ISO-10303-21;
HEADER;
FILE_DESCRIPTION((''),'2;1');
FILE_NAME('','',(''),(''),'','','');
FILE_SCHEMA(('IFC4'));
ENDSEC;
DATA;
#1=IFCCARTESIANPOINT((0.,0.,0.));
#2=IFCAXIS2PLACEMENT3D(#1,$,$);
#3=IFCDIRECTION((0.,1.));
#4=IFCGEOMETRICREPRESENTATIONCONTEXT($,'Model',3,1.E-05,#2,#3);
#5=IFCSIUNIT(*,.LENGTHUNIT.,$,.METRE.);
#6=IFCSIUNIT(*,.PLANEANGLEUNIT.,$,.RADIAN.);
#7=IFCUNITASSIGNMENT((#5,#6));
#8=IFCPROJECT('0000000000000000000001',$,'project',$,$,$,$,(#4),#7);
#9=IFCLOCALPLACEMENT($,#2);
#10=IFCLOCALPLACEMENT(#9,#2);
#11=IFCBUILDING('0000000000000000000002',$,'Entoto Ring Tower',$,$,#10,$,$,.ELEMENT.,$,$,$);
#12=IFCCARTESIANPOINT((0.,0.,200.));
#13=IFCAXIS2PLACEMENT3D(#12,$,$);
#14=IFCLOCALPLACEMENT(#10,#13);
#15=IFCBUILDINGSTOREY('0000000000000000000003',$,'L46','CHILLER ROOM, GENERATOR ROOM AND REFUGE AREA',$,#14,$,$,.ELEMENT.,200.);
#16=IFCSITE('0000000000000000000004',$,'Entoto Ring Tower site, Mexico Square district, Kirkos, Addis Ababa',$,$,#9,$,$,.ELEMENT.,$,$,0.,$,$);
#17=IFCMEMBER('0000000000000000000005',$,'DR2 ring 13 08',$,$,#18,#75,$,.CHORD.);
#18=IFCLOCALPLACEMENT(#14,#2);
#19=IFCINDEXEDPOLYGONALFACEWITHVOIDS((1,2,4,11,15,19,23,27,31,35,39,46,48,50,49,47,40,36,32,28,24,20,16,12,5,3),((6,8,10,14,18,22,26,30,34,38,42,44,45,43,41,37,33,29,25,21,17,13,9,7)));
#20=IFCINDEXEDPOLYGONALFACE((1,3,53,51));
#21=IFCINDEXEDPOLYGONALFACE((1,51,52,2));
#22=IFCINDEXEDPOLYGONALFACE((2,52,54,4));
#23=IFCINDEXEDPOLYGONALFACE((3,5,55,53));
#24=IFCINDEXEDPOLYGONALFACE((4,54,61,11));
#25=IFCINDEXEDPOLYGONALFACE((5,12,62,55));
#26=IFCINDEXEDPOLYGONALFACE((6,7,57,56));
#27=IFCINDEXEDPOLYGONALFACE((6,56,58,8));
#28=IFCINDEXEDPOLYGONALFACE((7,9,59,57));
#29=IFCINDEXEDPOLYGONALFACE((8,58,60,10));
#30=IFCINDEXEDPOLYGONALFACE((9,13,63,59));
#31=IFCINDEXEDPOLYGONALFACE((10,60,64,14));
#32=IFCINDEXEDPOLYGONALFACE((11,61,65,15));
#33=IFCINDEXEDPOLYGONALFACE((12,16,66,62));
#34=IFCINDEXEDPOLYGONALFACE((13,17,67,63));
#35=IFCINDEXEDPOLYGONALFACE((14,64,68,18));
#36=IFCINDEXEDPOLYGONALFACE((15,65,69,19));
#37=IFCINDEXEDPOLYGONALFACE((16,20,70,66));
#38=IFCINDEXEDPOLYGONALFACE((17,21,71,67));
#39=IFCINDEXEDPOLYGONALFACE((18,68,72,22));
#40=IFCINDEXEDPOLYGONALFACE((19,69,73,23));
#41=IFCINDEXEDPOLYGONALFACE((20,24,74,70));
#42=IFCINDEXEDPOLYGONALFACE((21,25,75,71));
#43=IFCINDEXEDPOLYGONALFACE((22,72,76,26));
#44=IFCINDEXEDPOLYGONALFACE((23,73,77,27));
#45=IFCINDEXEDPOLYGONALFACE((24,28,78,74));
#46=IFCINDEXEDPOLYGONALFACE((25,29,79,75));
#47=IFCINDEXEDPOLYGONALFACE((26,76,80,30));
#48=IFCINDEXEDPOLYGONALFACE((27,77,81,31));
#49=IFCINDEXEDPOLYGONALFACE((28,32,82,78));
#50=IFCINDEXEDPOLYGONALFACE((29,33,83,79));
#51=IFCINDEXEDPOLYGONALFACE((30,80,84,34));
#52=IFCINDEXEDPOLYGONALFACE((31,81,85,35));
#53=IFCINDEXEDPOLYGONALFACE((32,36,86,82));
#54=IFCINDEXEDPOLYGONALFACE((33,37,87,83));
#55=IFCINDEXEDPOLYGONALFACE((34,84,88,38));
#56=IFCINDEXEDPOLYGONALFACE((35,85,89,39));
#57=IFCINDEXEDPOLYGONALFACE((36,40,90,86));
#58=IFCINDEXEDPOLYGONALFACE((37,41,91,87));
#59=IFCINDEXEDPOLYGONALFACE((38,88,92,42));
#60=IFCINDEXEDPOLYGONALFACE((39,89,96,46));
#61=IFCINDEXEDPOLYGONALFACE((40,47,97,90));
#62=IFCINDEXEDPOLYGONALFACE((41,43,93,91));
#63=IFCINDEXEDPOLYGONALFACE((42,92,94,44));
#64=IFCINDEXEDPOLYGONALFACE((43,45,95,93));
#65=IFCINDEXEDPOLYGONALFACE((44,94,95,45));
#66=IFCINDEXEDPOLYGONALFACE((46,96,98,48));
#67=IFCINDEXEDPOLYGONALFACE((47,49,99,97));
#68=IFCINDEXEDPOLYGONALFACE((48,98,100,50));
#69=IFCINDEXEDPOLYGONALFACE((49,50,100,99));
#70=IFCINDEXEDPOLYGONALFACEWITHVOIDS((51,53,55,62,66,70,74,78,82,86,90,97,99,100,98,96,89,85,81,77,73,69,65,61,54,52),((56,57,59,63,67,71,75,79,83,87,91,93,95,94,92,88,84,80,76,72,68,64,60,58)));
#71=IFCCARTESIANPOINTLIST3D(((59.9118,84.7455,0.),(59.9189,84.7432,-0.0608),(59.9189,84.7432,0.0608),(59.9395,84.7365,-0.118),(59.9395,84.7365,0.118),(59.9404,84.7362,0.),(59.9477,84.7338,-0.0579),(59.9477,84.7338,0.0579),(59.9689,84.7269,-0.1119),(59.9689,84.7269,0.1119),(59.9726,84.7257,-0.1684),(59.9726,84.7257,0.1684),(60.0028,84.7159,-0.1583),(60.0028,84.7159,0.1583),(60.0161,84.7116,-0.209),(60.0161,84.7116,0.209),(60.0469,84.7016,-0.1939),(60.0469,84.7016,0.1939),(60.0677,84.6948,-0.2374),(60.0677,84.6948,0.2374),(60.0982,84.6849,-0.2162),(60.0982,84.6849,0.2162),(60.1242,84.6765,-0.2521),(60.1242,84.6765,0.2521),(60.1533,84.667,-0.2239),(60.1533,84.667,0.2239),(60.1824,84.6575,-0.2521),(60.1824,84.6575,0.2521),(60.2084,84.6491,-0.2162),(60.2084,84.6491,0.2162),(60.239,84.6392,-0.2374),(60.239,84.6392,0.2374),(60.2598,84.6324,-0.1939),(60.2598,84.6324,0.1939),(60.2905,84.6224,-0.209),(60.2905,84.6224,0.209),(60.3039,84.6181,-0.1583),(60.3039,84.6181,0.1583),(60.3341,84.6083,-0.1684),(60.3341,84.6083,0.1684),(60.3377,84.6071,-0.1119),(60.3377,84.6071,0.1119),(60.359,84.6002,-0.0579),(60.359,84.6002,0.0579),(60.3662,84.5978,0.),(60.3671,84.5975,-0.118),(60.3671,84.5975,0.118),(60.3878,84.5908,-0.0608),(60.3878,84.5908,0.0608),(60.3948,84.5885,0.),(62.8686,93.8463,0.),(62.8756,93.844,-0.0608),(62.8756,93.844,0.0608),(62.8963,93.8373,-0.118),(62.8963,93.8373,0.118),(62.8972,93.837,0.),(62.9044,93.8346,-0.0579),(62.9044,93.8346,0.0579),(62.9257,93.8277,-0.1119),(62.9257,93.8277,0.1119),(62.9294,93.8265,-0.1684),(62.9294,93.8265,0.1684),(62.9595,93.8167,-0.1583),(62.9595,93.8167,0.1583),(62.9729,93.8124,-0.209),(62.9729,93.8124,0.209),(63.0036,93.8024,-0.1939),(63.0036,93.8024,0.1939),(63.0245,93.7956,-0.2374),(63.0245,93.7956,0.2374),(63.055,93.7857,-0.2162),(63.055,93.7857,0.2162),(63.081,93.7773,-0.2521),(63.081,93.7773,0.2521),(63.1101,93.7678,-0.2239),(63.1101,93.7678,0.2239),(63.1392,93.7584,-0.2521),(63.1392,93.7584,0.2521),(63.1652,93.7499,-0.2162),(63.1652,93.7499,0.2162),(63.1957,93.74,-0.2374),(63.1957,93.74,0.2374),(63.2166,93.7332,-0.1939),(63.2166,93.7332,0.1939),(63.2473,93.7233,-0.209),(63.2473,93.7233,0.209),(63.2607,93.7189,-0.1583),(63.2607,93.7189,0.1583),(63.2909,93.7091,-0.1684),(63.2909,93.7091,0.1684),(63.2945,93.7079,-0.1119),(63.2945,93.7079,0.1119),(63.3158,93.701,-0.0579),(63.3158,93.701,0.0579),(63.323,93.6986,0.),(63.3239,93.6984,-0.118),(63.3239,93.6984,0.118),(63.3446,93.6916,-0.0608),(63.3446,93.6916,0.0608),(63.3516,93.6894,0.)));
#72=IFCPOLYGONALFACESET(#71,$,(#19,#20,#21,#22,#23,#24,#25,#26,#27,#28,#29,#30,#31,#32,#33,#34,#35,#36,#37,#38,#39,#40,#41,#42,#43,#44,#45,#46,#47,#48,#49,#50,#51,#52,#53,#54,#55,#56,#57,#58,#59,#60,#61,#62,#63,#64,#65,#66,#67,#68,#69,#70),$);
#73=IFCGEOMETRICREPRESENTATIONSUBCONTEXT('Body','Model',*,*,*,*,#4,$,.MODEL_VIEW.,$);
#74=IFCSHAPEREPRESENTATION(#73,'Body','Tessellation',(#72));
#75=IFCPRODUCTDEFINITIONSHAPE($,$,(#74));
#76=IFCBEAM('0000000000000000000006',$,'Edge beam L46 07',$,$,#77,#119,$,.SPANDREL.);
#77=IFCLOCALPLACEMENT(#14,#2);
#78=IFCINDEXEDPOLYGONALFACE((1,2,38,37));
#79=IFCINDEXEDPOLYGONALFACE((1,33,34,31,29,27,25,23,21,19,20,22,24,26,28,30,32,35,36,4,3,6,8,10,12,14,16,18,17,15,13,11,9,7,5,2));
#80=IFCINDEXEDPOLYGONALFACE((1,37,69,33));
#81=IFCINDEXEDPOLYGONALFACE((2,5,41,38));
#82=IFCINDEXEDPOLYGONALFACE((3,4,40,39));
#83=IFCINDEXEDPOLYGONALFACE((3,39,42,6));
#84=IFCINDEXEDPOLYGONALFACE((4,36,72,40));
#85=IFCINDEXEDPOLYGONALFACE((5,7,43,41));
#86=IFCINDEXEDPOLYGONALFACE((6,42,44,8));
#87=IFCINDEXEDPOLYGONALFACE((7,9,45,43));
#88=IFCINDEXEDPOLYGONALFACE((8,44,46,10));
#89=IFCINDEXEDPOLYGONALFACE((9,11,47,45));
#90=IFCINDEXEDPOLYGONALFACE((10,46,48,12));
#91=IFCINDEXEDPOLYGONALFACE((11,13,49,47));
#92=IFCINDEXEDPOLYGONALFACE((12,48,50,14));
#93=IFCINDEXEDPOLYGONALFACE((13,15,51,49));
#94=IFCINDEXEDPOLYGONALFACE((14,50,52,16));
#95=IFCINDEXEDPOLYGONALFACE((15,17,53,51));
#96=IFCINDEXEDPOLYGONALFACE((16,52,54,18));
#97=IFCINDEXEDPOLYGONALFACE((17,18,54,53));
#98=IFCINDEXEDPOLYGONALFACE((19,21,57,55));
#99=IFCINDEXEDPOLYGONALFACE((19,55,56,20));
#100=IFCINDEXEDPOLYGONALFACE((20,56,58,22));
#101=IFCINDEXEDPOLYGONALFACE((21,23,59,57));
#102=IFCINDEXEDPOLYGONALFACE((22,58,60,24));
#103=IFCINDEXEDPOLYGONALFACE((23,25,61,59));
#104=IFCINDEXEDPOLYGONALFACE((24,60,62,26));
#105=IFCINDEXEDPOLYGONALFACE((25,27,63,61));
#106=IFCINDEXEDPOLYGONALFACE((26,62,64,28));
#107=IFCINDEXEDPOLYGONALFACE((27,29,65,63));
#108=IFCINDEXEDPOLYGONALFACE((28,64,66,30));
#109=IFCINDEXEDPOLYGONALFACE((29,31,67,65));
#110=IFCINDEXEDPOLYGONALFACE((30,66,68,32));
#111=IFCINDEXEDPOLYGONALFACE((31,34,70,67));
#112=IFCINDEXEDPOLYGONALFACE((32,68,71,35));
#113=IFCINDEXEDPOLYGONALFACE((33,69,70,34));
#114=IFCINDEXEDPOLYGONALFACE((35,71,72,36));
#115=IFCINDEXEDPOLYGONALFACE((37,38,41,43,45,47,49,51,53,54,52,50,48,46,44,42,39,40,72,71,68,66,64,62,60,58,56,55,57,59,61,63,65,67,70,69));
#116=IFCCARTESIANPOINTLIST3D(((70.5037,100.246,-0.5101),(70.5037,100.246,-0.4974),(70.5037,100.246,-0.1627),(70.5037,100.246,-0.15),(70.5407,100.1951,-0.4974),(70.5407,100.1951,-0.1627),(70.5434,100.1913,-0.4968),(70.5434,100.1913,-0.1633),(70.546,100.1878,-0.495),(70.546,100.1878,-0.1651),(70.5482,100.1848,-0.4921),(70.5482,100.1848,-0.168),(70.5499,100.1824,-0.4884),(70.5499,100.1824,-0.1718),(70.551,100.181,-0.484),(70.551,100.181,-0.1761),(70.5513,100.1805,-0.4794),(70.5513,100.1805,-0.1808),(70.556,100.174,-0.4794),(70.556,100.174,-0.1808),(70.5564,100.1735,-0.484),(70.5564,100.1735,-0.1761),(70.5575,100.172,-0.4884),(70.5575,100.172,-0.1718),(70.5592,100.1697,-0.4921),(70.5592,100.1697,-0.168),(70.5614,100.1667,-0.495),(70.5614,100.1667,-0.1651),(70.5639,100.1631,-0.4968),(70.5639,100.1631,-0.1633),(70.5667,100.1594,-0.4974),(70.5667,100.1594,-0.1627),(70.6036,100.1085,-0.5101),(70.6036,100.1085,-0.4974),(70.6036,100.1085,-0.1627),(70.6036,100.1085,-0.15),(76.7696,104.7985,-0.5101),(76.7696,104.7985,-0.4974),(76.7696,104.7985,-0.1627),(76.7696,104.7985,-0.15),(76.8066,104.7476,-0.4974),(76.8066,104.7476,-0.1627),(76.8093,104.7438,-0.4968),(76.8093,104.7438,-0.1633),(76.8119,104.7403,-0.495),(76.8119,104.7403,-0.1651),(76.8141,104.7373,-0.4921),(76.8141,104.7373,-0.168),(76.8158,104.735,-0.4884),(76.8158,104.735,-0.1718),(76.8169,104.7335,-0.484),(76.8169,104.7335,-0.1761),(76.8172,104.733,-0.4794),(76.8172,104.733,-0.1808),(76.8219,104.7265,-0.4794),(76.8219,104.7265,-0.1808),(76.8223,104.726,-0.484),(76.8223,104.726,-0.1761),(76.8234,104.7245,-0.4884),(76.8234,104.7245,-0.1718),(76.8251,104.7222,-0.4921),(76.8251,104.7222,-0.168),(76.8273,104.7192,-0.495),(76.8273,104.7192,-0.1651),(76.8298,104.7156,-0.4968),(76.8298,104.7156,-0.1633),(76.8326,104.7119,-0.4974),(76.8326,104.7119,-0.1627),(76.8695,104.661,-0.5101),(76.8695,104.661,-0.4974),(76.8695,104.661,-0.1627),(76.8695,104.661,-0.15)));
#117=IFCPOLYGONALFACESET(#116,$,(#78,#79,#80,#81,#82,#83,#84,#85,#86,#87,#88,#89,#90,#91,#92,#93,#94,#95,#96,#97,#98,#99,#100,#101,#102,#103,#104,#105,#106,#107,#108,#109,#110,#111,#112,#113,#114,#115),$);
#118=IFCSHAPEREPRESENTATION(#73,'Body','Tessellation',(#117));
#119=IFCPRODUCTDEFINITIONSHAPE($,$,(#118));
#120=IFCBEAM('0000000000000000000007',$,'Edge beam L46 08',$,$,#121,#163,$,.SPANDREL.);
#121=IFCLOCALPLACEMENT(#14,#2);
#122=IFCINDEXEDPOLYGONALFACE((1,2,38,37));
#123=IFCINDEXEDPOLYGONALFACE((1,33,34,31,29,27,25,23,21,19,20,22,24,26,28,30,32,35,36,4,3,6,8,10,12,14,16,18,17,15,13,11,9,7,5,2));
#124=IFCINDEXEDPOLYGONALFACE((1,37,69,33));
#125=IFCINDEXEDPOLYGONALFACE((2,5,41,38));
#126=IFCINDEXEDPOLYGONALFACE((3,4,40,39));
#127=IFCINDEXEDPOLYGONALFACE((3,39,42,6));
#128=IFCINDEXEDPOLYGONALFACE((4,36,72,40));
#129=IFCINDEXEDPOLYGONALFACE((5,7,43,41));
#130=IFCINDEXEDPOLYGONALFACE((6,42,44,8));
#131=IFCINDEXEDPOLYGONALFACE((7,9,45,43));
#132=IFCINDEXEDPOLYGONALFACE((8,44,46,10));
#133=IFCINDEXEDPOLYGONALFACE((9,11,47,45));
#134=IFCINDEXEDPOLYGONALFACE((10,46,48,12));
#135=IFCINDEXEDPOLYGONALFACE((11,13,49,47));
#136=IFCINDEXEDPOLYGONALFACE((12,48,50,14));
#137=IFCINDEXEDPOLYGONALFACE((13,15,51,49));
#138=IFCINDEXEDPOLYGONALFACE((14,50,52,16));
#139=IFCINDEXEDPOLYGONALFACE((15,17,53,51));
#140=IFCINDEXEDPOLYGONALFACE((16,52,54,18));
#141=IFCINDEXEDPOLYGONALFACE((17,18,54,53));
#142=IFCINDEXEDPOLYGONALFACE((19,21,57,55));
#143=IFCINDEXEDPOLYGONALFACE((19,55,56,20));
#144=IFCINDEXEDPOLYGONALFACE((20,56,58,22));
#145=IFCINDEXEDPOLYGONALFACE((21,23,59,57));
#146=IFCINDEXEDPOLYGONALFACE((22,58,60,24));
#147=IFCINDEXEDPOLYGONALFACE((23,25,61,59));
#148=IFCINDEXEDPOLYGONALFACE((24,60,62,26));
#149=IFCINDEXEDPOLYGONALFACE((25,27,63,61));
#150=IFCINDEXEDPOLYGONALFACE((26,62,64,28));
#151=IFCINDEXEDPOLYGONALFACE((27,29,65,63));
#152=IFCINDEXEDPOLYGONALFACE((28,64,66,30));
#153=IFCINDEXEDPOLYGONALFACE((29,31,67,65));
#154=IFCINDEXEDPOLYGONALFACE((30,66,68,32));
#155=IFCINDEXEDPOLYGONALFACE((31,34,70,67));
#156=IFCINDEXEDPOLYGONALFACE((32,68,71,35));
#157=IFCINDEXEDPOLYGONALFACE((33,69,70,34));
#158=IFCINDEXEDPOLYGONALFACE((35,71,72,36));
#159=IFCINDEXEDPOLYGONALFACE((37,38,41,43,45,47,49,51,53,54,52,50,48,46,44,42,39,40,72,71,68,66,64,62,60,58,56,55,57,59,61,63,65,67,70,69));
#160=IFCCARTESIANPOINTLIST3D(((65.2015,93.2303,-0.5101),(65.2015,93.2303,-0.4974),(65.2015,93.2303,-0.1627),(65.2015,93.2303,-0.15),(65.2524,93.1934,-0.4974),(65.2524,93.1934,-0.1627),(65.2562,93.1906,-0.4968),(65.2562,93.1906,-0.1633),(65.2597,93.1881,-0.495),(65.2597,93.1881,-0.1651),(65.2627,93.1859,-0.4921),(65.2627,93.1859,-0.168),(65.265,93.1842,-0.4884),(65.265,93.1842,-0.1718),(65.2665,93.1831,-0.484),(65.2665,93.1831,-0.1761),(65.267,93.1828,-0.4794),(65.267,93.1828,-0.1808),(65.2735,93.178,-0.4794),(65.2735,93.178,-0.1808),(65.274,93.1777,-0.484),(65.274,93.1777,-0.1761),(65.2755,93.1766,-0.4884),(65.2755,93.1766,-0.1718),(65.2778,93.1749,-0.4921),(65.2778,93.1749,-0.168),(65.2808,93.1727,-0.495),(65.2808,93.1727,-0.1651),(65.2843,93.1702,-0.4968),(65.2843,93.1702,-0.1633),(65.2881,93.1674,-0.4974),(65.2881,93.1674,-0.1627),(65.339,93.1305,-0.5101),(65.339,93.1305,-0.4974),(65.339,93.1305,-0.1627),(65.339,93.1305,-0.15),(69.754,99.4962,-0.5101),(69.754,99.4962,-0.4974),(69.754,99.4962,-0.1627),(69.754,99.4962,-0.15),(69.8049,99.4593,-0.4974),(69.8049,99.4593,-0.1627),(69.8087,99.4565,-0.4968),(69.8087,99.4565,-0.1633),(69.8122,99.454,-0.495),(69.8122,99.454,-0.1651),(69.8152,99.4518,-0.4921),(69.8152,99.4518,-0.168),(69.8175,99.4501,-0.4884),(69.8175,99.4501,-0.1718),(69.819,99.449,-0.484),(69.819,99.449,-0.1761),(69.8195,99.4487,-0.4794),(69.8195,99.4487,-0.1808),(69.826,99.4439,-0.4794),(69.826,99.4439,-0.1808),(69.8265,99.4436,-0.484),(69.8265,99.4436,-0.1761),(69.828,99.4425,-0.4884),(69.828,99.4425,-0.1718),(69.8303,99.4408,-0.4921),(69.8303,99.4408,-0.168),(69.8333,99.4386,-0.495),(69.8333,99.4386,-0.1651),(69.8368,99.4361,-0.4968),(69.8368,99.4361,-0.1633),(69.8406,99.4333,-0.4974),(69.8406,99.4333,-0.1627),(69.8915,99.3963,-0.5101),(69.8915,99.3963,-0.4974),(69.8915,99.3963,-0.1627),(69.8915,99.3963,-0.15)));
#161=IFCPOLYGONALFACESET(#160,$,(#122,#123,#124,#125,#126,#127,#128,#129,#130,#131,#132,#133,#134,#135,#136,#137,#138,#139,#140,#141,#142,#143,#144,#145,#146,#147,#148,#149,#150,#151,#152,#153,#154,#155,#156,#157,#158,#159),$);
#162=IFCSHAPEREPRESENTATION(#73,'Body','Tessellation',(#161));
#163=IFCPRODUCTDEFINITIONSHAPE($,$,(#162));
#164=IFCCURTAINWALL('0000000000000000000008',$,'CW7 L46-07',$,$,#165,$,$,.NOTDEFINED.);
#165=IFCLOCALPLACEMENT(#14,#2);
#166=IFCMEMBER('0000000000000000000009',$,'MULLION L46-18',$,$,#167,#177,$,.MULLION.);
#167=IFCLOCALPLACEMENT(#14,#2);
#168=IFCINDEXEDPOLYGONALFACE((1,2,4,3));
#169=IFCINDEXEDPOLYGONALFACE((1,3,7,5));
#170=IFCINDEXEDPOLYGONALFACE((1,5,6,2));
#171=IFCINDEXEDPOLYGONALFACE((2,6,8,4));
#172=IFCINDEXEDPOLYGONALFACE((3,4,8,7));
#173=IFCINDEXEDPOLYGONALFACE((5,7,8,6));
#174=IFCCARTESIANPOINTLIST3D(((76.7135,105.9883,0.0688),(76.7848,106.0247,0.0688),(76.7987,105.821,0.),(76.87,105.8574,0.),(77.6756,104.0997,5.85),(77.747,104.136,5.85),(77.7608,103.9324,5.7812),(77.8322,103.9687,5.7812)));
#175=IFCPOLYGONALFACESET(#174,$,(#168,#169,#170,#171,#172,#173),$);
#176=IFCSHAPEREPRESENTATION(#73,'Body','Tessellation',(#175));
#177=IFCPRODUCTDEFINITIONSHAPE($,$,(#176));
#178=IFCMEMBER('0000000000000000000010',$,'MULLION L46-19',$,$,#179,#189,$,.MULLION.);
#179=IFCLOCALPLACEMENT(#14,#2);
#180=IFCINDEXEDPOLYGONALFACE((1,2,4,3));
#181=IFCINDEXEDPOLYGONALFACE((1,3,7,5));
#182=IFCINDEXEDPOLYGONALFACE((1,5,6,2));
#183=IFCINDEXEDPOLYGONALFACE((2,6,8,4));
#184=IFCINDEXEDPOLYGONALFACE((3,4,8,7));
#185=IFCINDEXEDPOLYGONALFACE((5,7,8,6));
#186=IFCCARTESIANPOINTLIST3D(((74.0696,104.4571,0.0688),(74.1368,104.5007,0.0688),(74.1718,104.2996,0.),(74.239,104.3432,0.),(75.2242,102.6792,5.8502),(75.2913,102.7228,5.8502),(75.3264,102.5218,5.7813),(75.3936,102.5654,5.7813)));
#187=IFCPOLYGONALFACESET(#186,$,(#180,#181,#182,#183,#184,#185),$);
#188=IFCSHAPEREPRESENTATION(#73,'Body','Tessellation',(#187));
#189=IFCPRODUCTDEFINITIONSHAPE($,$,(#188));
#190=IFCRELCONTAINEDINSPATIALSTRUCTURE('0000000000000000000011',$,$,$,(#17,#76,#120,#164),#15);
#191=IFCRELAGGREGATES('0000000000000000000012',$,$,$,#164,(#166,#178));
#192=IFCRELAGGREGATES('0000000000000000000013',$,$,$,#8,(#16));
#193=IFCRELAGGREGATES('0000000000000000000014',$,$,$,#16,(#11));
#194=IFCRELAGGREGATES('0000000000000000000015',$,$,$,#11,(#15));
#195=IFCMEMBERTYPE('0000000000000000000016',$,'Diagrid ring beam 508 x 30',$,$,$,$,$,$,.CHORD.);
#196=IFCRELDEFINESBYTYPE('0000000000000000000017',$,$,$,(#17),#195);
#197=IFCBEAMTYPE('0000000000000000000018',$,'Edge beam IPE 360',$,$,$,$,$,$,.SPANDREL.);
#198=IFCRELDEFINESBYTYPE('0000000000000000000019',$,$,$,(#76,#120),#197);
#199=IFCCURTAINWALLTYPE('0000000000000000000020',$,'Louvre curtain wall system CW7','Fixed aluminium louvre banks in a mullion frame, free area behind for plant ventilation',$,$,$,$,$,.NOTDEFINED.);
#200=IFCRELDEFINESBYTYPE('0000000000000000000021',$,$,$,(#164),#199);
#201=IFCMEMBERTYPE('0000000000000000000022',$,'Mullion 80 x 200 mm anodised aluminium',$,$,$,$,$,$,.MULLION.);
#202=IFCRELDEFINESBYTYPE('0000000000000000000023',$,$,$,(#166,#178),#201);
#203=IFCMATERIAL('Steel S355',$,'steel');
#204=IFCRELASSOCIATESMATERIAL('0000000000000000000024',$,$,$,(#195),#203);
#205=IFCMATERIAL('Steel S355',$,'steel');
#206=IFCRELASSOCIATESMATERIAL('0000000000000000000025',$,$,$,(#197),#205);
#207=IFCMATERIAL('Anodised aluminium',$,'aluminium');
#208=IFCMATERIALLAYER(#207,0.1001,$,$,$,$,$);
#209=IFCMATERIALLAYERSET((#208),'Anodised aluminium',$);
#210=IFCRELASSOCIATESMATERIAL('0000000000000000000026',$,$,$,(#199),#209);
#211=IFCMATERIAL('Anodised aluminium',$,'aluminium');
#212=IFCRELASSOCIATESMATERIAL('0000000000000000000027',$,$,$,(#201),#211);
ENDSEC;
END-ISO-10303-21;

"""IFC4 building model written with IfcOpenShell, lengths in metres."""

from ifc_helpers import new_model, si_unit, direction, frame, origin, origin_2d, place, context, subcontext, project, spatial, rectangle, circle, hollow_circle, i_section, extrude, material, layer, layer_set, material_profile, profile_set, type_object, element, aggregate, save


model = new_model("IFC4")

# Units and contexts
model_context = context("Model", 3, precision=1e-05, world=origin(), true_north=direction((0.0, 1.0)))
body_context = subcontext(model_context, "Body", "Model", "MODEL_VIEW")
ifc_project = project(units=[si_unit("LENGTHUNIT", "METRE"), si_unit("PLANEANGLEUNIT", "RADIAN")], contexts=[model_context])

# Site, building, storey
site_placement = place(None, origin())
site = spatial("IfcSite", under=ifc_project, at=site_placement, Name="Entoto Ring Tower site, Mexico Square district, Kirkos, Addis Ababa", CompositionType="ELEMENT", RefElevation=0.0)
building_placement = place(site_placement, origin())
building = spatial("IfcBuilding", under=site, at=building_placement, Name="Entoto Ring Tower", CompositionType="ELEMENT")
storey_placement = place(building_placement, frame((0.0, 0.0, 200.0)))
storey = spatial("IfcBuildingStorey", under=building, at=storey_placement, Name="L46", Description="CHILLER ROOM, GENERATOR ROOM AND REFUGE AREA", CompositionType="ELEMENT", Elevation=200.0)

# Member
ifc_material_1 = material(Name="Steel S355", Category="steel")
ifc_material_profile_1 = material_profile(ifc_material_1, hollow_circle(Radius=0.2539, WallThickness=0.03, at=origin_2d()), Name="CHS 508 x 30")
ifc_material_2 = material(Name="Concrete C60/75", Category="concrete")
ifc_material_profile_2 = material_profile(ifc_material_2, circle(Radius=0.2241, at=origin_2d()), Name="Concrete C60/75 infill")
ifc_profile_set_1 = profile_set([ifc_material_profile_1, ifc_material_profile_2], Name="Steel S355")
member_type_1 = type_object("IfcMemberType", Name="Diagrid ring beam 508 x 30", PredefinedType="CHORD", material=ifc_profile_set_1)
for number, where, z_axis, x_axis, name in (
    (1, (63.1101, 93.7678, 0.0), (-0.308993, -0.951064, 0.0), (0.951064, -0.308993, 0.0), "DR2 ring 13 08"),
):
    element("IfcMember", number, at=place(storey_placement, frame(where, z_axis=z_axis, x_axis=x_axis)), inside=storey, type_object=member_type_1, Name=name, PredefinedType="CHORD", context=body_context, shape_type="SweptSolid", body=[
        extrude(hollow_circle(Radius=0.2539, WallThickness=0.03, at=origin_2d()), origin(), (0.0, 0.0, 1.0), 9.5691),
    ])

# Beams
ifc_material_3 = material(Name="Steel S355", Category="steel")
ifc_material_profile_3 = material_profile(ifc_material_3, i_section(OverallWidth=0.1699, OverallDepth=0.3601, WebThickness=0.0081, FlangeThickness=0.0127, FilletRadius=0.0181, at=origin_2d()), Name="IPE 360")
ifc_profile_set_2 = profile_set([ifc_material_profile_3], Name="Steel S355")
beam_type = type_object("IfcBeamType", Name="Edge beam IPE 360", PredefinedType="SPANDREL", material=ifc_profile_set_2)
for number, where, z_axis, x_axis, name in (
    (2, (76.8196, 104.7297, -0.3301), (-0.809013, -0.587791, 0.0), (0.587791, -0.809013, 0.0), "Edge beam L46 07"),
    (3, (69.8228, 99.4463, -0.3301), (-0.587791, -0.809013, 0.0), (0.809013, -0.587791, 0.0), "Edge beam L46 08"),
):
    element("IfcBeam", number, at=place(storey_placement, frame(where, z_axis=z_axis, x_axis=x_axis)), inside=storey, type_object=beam_type, Name=name, PredefinedType="SPANDREL", context=body_context, shape_type="SweptSolid", body=[
        extrude(i_section(OverallWidth=0.1699, OverallDepth=0.3601, WebThickness=0.0081, FlangeThickness=0.0127, FilletRadius=0.0181, at=origin_2d()), origin(), (0.0, 0.0, 1.0), 7.7451),
    ])

# Curtain wall, members
ifc_material_4 = material(Name="Anodised aluminium", Category="aluminium")
ifc_layer_1 = layer(ifc_material_4, 0.1001)
ifc_layer_set_1 = layer_set([ifc_layer_1], Name="Anodised aluminium")
curtain_wall_type = type_object("IfcCurtainWallType", Name="Louvre curtain wall system CW7", Description="Fixed aluminium louvre banks in a mullion frame, free area behind for plant ventilation", PredefinedType="NOTDEFINED", material=ifc_layer_set_1)
curtain_wall_1_placement = place(storey_placement, origin())
curtain_wall_1 = element("IfcCurtainWall", 4, at=curtain_wall_1_placement, inside=storey, type_object=curtain_wall_type, Name="CW7 L46-07", PredefinedType="NOTDEFINED")
ifc_material_5 = material(Name="Anodised aluminium", Category="aluminium")
ifc_material_profile_4 = material_profile(ifc_material_5, rectangle(XDim=0.0801, YDim=0.2, at=origin_2d()), Name="Mullion 80 x 200 mm anodised aluminium")
ifc_profile_set_3 = profile_set([ifc_material_profile_4], Name="Anodised aluminium")
member_type_2 = type_object("IfcMemberType", Name="Mullion 80 x 200 mm anodised aluminium", PredefinedType="MULLION", material=ifc_profile_set_3)
member_1_placement = place(storey_placement, frame((76.7917, 105.9229, 0.0344), z_axis=(0.156256, -0.306724, 0.938885), x_axis=(0.891039, 0.453928, 0.0)))
member_1 = element("IfcMember", 5, at=member_1_placement, type_object=member_type_2, Name="MULLION L46-18", PredefinedType="MULLION", context=body_context, shape_type="SweptSolid", body=[
    extrude(rectangle(XDim=0.0801, YDim=0.2, at=origin_2d()), origin(), (0.0, 0.0, 1.0), 6.1575),
])
member_2_placement = place(storey_placement, frame((74.1543, 104.4001, 0.0344), z_axis=(0.187497, -0.28872, 0.938875), x_axis=(0.83867, 0.54464, 0.0)))
member_2 = element("IfcMember", 6, at=member_2_placement, type_object=member_type_2, Name="MULLION L46-19", PredefinedType="MULLION", context=body_context, shape_type="SweptSolid", body=[
    extrude(rectangle(XDim=0.0801, YDim=0.2, at=origin_2d()), origin(), (0.0, 0.0, 1.0), 6.1577),
])
aggregate(curtain_wall_1, [member_1, member_2])

save(model, "model.ifc")
